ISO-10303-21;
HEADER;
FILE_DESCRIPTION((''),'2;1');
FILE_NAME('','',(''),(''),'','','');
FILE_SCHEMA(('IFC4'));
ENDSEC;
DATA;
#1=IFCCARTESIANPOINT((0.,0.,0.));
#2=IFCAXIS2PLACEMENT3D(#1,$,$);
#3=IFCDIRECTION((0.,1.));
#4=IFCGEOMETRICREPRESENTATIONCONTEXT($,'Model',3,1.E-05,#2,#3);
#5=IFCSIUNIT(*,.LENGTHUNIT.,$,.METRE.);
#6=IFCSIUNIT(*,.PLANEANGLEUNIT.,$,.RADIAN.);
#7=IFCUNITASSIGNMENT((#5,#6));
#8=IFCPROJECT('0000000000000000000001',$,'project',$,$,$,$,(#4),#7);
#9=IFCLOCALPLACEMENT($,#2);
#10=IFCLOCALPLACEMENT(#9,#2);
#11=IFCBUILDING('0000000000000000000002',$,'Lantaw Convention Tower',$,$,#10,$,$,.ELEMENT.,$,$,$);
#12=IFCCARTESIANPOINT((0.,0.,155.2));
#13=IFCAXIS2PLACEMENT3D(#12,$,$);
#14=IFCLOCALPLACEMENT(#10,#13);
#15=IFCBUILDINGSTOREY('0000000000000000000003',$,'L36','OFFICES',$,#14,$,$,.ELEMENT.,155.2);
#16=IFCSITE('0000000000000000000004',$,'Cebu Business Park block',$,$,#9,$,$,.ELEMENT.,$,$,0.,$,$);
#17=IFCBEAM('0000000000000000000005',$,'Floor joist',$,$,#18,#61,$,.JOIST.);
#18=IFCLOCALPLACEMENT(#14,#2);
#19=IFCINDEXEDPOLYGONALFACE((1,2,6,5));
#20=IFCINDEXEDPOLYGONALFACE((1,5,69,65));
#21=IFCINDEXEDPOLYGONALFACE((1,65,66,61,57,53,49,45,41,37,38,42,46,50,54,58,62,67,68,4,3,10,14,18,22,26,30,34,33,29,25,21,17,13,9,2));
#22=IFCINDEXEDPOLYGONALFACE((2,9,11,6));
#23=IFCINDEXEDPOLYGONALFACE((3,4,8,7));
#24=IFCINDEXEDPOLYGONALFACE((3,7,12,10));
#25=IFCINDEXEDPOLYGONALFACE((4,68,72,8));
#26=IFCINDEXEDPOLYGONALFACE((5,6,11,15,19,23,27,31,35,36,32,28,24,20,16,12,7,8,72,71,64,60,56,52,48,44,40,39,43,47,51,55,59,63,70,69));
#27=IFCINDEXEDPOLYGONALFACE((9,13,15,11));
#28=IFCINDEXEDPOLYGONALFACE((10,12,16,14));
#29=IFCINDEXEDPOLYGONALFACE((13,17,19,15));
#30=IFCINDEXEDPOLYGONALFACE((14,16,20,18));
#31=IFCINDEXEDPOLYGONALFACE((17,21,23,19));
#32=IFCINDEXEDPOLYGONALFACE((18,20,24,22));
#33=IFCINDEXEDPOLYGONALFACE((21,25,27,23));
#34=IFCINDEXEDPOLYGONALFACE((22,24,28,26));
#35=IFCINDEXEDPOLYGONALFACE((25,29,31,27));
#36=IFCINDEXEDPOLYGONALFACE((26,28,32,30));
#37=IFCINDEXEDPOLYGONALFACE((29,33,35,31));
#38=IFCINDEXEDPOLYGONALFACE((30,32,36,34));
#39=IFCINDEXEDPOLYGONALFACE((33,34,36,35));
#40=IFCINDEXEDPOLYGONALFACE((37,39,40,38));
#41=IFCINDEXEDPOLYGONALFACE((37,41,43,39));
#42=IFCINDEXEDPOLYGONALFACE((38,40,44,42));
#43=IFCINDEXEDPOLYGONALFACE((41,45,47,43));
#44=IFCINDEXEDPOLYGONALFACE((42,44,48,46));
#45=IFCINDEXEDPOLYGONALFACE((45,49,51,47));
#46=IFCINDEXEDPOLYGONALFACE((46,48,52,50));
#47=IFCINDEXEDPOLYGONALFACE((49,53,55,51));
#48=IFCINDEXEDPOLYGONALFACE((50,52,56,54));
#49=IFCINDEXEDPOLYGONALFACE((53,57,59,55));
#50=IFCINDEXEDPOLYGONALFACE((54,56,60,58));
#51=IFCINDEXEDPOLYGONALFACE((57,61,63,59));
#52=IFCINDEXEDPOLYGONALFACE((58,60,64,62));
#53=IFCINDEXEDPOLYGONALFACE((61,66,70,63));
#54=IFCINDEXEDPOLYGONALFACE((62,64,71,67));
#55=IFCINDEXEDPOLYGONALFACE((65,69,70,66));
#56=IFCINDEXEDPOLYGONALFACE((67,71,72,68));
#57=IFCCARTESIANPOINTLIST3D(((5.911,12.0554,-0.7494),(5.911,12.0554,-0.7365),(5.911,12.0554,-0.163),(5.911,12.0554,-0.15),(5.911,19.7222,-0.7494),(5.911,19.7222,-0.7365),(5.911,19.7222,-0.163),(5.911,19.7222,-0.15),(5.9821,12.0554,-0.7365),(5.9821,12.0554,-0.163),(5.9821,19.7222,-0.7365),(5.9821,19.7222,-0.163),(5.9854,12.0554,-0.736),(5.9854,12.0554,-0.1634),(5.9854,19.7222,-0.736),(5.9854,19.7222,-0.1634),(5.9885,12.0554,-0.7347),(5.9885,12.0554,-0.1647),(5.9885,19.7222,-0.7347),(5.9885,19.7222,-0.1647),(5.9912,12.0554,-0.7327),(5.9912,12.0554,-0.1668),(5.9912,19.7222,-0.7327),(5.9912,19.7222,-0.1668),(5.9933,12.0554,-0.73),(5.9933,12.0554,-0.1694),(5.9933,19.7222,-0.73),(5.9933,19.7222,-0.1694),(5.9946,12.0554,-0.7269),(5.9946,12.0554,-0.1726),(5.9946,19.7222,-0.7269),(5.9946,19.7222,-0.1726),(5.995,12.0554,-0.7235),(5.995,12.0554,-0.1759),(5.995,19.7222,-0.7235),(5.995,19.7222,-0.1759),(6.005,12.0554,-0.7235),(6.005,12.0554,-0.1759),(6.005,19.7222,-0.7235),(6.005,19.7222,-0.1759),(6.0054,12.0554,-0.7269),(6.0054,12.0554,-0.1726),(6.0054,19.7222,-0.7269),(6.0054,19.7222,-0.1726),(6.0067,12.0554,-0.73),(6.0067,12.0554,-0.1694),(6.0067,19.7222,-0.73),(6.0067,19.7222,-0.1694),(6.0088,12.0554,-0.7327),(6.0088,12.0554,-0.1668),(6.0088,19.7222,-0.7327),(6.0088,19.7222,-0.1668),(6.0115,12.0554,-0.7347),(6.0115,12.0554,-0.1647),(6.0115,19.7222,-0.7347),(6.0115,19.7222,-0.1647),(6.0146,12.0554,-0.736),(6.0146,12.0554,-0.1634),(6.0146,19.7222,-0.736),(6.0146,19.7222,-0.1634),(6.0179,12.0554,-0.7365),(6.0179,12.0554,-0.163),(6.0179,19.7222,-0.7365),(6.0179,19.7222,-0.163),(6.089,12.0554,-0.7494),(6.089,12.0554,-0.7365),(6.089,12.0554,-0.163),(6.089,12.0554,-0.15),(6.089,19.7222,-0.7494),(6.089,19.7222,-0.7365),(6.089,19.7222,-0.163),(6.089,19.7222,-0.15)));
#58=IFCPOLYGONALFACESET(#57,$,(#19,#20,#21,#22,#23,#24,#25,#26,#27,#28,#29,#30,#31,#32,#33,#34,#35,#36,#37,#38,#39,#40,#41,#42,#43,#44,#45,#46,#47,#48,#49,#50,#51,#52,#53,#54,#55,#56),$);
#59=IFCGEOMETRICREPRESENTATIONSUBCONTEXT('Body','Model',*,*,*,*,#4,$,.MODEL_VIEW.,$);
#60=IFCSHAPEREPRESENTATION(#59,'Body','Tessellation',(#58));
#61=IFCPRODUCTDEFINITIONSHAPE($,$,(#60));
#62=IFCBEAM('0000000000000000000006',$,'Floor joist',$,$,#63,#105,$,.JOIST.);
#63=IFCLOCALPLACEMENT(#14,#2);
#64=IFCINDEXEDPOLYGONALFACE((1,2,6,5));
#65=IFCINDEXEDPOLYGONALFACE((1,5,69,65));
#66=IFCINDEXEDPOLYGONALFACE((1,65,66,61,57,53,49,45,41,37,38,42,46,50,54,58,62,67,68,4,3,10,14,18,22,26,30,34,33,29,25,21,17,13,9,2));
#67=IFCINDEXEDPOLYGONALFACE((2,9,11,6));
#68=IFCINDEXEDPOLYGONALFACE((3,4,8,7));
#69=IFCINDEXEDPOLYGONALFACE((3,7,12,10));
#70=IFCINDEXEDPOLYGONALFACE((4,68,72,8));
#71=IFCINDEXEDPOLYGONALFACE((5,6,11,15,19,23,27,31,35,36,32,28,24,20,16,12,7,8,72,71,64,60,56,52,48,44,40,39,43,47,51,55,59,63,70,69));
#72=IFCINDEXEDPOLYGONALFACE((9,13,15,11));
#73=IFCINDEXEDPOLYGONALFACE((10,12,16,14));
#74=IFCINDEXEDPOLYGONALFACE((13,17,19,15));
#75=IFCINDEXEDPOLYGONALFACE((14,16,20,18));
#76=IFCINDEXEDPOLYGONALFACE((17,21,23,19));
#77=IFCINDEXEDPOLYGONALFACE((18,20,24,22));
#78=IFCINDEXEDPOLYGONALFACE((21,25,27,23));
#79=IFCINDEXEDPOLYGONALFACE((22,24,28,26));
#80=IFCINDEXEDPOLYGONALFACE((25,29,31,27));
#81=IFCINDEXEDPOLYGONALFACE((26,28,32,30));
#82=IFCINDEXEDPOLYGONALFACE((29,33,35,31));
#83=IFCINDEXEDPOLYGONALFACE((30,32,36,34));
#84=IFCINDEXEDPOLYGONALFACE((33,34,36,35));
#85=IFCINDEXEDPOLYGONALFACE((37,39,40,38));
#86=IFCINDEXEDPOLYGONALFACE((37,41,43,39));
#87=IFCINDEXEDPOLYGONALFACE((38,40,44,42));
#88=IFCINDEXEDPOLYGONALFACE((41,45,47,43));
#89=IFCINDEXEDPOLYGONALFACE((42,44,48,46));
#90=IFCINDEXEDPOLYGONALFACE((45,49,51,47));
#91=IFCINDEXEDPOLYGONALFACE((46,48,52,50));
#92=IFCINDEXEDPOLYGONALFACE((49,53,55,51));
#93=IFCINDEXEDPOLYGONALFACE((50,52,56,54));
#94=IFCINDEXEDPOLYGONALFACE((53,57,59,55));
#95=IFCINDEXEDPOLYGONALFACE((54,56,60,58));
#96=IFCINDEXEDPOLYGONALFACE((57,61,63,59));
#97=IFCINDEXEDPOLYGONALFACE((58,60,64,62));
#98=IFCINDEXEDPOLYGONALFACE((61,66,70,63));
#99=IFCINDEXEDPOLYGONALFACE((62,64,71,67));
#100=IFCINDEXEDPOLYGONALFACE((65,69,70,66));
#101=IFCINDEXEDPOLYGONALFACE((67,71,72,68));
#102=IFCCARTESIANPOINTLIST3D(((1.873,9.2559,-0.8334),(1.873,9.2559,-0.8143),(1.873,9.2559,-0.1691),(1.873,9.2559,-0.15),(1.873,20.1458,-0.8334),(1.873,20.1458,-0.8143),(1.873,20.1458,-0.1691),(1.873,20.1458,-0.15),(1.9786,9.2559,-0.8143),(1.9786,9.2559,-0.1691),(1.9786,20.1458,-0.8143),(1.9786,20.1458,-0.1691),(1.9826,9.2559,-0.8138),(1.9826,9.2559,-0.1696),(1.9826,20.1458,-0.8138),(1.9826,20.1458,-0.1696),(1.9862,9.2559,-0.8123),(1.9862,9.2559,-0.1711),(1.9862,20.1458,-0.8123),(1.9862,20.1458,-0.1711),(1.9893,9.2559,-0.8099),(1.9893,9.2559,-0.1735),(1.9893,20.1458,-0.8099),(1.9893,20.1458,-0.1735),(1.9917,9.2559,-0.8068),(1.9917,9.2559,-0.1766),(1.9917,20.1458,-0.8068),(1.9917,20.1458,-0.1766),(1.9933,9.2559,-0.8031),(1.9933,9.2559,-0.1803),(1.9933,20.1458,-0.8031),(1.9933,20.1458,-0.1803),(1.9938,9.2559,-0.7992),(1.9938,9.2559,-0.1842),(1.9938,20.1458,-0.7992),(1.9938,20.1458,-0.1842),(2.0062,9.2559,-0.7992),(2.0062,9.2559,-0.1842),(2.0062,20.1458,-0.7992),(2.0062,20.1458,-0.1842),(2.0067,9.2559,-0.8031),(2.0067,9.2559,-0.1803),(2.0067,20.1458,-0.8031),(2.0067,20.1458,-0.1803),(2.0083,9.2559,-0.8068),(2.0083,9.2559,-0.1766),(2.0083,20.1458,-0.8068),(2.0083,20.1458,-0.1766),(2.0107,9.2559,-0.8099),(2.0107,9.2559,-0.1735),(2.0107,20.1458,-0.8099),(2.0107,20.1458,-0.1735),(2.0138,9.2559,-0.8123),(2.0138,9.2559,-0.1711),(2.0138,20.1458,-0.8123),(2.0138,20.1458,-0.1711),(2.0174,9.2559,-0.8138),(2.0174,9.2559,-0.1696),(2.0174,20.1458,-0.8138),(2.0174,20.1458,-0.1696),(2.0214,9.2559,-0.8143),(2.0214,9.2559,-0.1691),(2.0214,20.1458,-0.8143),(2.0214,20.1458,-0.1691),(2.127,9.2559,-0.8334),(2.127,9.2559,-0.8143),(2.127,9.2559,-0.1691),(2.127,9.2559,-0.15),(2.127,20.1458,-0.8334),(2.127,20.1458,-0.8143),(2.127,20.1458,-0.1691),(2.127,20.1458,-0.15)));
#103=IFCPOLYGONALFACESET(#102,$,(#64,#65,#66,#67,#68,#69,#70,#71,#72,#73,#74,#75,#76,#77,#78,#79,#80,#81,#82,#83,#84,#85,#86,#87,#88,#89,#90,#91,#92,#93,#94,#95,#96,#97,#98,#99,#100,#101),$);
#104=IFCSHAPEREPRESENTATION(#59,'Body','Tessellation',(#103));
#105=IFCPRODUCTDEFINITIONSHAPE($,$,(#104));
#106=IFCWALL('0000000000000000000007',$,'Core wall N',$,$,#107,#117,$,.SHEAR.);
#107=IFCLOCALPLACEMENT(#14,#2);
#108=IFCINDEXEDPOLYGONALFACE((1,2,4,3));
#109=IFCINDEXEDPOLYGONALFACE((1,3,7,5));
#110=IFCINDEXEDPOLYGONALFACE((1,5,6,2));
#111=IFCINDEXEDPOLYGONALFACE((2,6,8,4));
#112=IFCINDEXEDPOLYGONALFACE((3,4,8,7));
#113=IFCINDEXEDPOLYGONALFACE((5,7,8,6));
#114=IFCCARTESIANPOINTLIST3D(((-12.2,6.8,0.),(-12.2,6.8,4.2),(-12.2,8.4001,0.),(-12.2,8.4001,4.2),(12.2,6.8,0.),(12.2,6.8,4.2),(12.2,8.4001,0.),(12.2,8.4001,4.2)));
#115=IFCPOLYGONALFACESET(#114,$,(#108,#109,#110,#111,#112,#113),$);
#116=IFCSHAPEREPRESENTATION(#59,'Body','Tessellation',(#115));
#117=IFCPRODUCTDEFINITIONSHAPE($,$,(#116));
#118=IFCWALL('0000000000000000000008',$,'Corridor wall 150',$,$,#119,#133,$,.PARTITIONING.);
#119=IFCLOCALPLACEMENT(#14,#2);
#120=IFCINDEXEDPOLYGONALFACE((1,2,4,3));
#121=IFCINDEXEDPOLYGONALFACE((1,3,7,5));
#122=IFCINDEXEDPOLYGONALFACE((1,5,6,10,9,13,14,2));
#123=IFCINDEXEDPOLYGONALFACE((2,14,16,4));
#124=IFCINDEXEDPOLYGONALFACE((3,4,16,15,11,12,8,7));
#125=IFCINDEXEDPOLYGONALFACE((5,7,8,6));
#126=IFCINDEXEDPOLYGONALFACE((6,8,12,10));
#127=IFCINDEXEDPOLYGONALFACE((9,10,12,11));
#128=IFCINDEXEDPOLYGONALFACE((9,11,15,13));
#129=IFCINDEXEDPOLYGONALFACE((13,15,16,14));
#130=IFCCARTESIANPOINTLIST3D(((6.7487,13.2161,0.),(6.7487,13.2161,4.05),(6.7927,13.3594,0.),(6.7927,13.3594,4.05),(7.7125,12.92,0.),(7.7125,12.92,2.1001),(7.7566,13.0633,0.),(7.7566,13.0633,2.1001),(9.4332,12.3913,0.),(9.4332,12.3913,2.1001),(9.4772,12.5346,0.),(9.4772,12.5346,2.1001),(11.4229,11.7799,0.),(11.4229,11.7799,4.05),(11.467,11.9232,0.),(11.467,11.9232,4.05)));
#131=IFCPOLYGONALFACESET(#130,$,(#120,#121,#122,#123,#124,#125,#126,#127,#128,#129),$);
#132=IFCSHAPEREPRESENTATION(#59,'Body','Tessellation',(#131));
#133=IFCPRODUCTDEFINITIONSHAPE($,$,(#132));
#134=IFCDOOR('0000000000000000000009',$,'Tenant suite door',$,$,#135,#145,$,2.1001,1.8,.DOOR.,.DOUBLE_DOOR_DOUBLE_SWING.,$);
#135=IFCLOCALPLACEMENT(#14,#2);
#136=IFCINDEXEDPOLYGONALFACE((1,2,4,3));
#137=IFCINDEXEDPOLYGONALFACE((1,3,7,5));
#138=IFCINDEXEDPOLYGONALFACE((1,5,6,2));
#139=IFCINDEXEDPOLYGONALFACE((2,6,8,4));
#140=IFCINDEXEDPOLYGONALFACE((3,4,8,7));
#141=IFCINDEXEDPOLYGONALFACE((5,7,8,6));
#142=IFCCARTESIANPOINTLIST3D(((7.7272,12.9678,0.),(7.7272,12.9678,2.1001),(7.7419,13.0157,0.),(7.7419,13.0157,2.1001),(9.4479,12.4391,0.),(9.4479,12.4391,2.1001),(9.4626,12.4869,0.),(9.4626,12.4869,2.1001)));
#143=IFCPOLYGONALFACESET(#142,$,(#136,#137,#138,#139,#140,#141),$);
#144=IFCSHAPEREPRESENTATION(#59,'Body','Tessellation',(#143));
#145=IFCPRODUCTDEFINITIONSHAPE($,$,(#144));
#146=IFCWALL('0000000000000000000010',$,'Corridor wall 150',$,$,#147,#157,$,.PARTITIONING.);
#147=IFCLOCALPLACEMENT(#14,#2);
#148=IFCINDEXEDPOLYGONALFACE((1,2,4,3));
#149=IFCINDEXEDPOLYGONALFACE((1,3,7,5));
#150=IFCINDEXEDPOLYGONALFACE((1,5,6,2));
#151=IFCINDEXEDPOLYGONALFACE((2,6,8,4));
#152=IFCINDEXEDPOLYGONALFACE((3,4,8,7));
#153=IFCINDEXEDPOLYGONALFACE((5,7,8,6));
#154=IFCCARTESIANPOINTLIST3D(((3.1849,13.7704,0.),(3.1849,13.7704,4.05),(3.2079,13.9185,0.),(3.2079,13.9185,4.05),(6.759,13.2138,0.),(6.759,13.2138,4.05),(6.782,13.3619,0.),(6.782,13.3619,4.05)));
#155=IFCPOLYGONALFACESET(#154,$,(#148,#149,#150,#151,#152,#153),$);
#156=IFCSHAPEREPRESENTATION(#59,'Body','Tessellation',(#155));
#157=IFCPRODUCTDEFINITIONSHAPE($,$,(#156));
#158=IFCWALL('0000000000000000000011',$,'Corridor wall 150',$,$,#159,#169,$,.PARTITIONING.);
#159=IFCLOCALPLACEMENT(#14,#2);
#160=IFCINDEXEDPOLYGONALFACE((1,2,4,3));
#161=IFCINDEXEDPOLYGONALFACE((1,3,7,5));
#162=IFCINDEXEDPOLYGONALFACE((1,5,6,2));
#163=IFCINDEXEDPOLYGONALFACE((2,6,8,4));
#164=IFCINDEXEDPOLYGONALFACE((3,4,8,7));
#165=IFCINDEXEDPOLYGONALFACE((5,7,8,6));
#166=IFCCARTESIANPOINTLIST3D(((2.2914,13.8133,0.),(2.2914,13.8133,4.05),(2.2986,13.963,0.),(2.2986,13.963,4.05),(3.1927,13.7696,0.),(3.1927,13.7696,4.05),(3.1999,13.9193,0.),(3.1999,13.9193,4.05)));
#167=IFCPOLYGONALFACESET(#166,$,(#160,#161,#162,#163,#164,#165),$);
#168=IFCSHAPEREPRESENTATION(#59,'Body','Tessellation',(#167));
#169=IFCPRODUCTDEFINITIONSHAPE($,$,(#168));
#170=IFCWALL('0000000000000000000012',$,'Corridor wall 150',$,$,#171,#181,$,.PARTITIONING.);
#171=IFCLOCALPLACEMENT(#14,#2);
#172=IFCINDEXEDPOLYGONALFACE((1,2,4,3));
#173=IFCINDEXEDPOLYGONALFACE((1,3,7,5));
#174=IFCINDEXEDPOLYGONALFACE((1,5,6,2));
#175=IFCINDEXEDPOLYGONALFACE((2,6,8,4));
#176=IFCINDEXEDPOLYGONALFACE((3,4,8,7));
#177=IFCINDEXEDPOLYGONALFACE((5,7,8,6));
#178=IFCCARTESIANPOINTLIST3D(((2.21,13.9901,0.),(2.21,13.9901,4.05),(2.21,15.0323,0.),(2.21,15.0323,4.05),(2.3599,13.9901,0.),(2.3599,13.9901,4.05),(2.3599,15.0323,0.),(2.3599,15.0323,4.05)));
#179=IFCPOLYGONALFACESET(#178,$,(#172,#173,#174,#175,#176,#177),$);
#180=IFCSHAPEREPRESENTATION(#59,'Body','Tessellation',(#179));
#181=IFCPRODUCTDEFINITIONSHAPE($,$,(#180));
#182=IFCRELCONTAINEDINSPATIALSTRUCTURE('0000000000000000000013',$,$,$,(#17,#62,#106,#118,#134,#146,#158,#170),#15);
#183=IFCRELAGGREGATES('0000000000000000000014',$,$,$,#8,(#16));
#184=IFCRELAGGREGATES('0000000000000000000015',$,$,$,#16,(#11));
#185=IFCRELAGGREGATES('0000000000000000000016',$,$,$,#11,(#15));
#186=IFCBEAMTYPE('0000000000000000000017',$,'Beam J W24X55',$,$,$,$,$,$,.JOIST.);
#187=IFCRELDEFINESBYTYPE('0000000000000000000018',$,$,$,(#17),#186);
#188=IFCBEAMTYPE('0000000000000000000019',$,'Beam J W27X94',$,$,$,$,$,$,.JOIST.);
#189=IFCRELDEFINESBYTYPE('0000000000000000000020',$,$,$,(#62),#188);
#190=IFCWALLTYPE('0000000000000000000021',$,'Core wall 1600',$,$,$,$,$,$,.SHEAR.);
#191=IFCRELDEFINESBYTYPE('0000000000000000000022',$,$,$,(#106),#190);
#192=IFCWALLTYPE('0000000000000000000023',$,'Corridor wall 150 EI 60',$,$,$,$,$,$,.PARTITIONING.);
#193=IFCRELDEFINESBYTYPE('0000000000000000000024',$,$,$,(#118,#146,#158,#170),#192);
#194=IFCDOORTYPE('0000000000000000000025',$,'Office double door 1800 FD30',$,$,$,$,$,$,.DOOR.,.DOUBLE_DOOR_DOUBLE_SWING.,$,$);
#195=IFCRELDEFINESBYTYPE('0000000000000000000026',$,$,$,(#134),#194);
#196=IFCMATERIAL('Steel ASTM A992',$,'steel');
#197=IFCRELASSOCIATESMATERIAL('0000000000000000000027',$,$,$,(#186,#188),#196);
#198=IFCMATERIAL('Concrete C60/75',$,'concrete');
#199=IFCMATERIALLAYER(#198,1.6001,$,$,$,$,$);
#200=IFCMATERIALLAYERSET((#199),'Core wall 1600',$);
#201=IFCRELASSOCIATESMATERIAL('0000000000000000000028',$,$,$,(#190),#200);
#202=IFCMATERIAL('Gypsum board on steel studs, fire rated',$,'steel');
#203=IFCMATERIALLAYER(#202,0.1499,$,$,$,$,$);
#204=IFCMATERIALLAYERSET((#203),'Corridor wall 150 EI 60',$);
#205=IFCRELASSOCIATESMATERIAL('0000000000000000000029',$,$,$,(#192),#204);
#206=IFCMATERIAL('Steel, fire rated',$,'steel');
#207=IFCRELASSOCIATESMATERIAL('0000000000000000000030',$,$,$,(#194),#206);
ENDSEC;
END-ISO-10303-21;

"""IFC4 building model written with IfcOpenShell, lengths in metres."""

from ifc_helpers import new_model, si_unit, direction, frame, frame_2d, origin, origin_2d, place, context, subcontext, project, spatial, rectangle, i_section, extrude, material, layer, layer_set, material_profile, profile_set, type_object, element, fill, save


model = new_model("IFC4")

# Units and contexts
model_context = context("Model", 3, precision=1e-05, world=origin(), true_north=direction((0.0, 1.0)))
body_context = subcontext(model_context, "Body", "Model", "MODEL_VIEW")
ifc_project = project(units=[si_unit("LENGTHUNIT", "METRE"), si_unit("PLANEANGLEUNIT", "RADIAN")], contexts=[model_context])

# Site, building, storey
site_placement = place(None, origin())
site = spatial("IfcSite", under=ifc_project, at=site_placement, Name="Cebu Business Park block", CompositionType="ELEMENT", RefElevation=0.0)
building_placement = place(site_placement, origin())
building = spatial("IfcBuilding", under=site, at=building_placement, Name="Lantaw Convention Tower", CompositionType="ELEMENT")
storey_placement = place(building_placement, frame((0.0, 0.0, 155.2)))
storey = spatial("IfcBuildingStorey", under=building, at=storey_placement, Name="L36", Description="OFFICES", CompositionType="ELEMENT", Elevation=155.2)

# Beams
ifc_material_1 = material(Name="Steel ASTM A992", Category="steel")
ifc_material_profile_1 = material_profile(ifc_material_1, i_section(OverallWidth=0.178, OverallDepth=0.5994, WebThickness=0.01, FlangeThickness=0.0129, FilletRadius=0.0129, at=origin_2d()), Name="W24X55")
ifc_profile_set_1 = profile_set([ifc_material_profile_1], Name="Steel ASTM A992")
beam_type_1 = type_object("IfcBeamType", Name="Beam J W24X55", PredefinedType="JOIST", material=ifc_profile_set_1)
beam_1_placement = place(storey_placement, frame((6.0, 12.0554, -0.4497), z_axis=(0.0, 1.0, 0.0), x_axis=(-1.0, 0.0, 0.0)))
element("IfcBeam", 1, at=beam_1_placement, inside=storey, type_object=beam_type_1, Name="Floor joist", PredefinedType="JOIST", context=body_context, shape_type="SweptSolid", body=[
    extrude(i_section(OverallWidth=0.178, OverallDepth=0.5994, WebThickness=0.01, FlangeThickness=0.0129, FilletRadius=0.0129, at=origin_2d()), origin(), (0.0, 0.0, 1.0), 7.6667),
])
ifc_material_profile_2 = material_profile(ifc_material_1, i_section(OverallWidth=0.2539, OverallDepth=0.6833, WebThickness=0.0125, FlangeThickness=0.019, FilletRadius=0.0151, at=origin_2d()), Name="W27X94")
ifc_profile_set_2 = profile_set([ifc_material_profile_2], Name="Steel ASTM A992")
beam_type_2 = type_object("IfcBeamType", Name="Beam J W27X94", PredefinedType="JOIST", material=ifc_profile_set_2)
beam_2_placement = place(storey_placement, frame((2.0, 9.2559, -0.4917), z_axis=(0.0, 1.0, 0.0), x_axis=(-1.0, 0.0, 0.0)))
element("IfcBeam", 2, at=beam_2_placement, inside=storey, type_object=beam_type_2, Name="Floor joist", PredefinedType="JOIST", context=body_context, shape_type="SweptSolid", body=[
    extrude(i_section(OverallWidth=0.2539, OverallDepth=0.6833, WebThickness=0.0125, FlangeThickness=0.019, FilletRadius=0.0151, at=origin_2d()), origin(), (0.0, 0.0, 1.0), 10.8899),
])

# Wall
ifc_material_2 = material(Name="Concrete C60/75", Category="concrete")
ifc_layer_1 = layer(ifc_material_2, 1.6001)
ifc_layer_set_1 = layer_set([ifc_layer_1], Name="Core wall 1600")
wall_type_1 = type_object("IfcWallType", Name="Core wall 1600", PredefinedType="SHEAR", material=ifc_layer_set_1)
wall_1_placement = place(storey_placement, frame((12.2, 7.6001, 0.0), z_axis=(0.0, 0.0, 1.0), x_axis=(-1.0, 0.0, 0.0)))
element("IfcWall", 3, at=wall_1_placement, inside=storey, type_object=wall_type_1, Name="Core wall N", PredefinedType="SHEAR", context=body_context, shape_type="SweptSolid", body=[
    extrude(rectangle(XDim=24.3999, YDim=1.6001, at=frame_2d((12.2, 0.0))), origin(), (0.0, 0.0, 1.0), 4.2),
])

# Wall, opening, door
ifc_material_3 = material(Name="Gypsum board on steel studs, fire rated", Category="steel")
ifc_layer_2 = layer(ifc_material_3, 0.1499)
ifc_layer_set_2 = layer_set([ifc_layer_2], Name="Corridor wall 150 EI 60")
wall_type_2 = type_object("IfcWallType", Name="Corridor wall 150 EI 60", PredefinedType="PARTITIONING", material=ifc_layer_set_2)
wall_2_placement = place(storey_placement, frame((11.4448, 11.8516, 0.0), z_axis=(0.0, 0.0, 1.0), x_axis=(-0.955892, 0.293717, 0.0)))
wall_2 = element("IfcWall", 4, at=wall_2_placement, inside=storey, type_object=wall_type_2, Name="Corridor wall 150", PredefinedType="PARTITIONING", context=body_context, shape_type="SweptSolid", body=[
    extrude(rectangle(XDim=4.8899, YDim=0.1499, at=frame_2d((2.4448, 0.0))), origin(), (0.0, 0.0, 1.0), 4.05),
])
opening_1_placement = place(wall_2_placement, frame((2.0815, 0.0, 0.0)))
opening_1 = element("IfcOpeningElement", 5, at=opening_1_placement, cuts=wall_2, PredefinedType="OPENING", context=body_context, shape_type="SweptSolid", body=[
    extrude(rectangle(XDim=1.8, YDim=2.1001, at=frame_2d((0.8999, 1.05))), frame((0.0, 0.085, 0.0), z_axis=(0.0, -1.0, 0.0), x_axis=(1.0, 0.0, 0.0)), (0.0, 0.0, 1.0), 0.1699),
])
ifc_material_4 = material(Name="Steel, fire rated", Category="steel")
door_type_1 = type_object("IfcDoorType", Name="Office double door 1800 FD30", OperationType="DOUBLE_DOOR_DOUBLE_SWING", PredefinedType="DOOR", material=ifc_material_4)
door_1_placement = place(opening_1_placement, origin())
door_1 = element("IfcDoor", 6, at=door_1_placement, inside=storey, type_object=door_type_1, Name="Tenant suite door", OperationType="DOUBLE_DOOR_DOUBLE_SWING", OverallHeight=2.1001, OverallWidth=1.8, PredefinedType="DOOR", context=body_context, shape_type="SweptSolid", body=[
    extrude(rectangle(XDim=1.8, YDim=2.1001, at=frame_2d((0.8999, 1.05))), frame((0.0, 0.0249, 0.0), z_axis=(0.0, -1.0, 0.0), x_axis=(1.0, 0.0, 0.0)), (0.0, 0.0, 1.0), 0.05),
])
fill(opening_1, door_1)

# Walls
wall_3_placement = place(storey_placement, frame((6.7705, 13.2878, 0.0), z_axis=(0.0, 0.0, 1.0), x_axis=(-0.988089, 0.153883, 0.0)))
element("IfcWall", 7, at=wall_3_placement, inside=storey, type_object=wall_type_2, Name="Corridor wall 150", PredefinedType="PARTITIONING", context=body_context, shape_type="SweptSolid", body=[
    extrude(rectangle(XDim=3.6172, YDim=0.1499, at=frame_2d((1.8086, 0.0))), origin(), (0.0, 0.0, 1.0), 4.05),
])
wall_4_placement = place(storey_placement, frame((3.1963, 13.8445, 0.0), z_axis=(0.0, 0.0, 1.0), x_axis=(-0.998827, 0.048426, 0.0)))
element("IfcWall", 8, at=wall_4_placement, inside=storey, type_object=wall_type_2, Name="Corridor wall 150", PredefinedType="PARTITIONING", context=body_context, shape_type="SweptSolid", body=[
    extrude(rectangle(XDim=0.9023, YDim=0.1499, at=frame_2d((0.4512, 0.0))), origin(), (0.0, 0.0, 1.0), 4.05),
])
wall_5_placement = place(storey_placement, frame((2.2849, 15.0322, 0.0), z_axis=(0.0, 0.0, 1.0), x_axis=(0.0, -1.0, 0.0)))
element("IfcWall", 9, at=wall_5_placement, inside=storey, type_object=wall_type_2, Name="Corridor wall 150", PredefinedType="PARTITIONING", context=body_context, shape_type="SweptSolid", body=[
    extrude(rectangle(XDim=1.0422, YDim=0.1499, at=frame_2d((0.521, 0.0))), origin(), (0.0, 0.0, 1.0), 4.05),
])

save(model, "model.ifc")
